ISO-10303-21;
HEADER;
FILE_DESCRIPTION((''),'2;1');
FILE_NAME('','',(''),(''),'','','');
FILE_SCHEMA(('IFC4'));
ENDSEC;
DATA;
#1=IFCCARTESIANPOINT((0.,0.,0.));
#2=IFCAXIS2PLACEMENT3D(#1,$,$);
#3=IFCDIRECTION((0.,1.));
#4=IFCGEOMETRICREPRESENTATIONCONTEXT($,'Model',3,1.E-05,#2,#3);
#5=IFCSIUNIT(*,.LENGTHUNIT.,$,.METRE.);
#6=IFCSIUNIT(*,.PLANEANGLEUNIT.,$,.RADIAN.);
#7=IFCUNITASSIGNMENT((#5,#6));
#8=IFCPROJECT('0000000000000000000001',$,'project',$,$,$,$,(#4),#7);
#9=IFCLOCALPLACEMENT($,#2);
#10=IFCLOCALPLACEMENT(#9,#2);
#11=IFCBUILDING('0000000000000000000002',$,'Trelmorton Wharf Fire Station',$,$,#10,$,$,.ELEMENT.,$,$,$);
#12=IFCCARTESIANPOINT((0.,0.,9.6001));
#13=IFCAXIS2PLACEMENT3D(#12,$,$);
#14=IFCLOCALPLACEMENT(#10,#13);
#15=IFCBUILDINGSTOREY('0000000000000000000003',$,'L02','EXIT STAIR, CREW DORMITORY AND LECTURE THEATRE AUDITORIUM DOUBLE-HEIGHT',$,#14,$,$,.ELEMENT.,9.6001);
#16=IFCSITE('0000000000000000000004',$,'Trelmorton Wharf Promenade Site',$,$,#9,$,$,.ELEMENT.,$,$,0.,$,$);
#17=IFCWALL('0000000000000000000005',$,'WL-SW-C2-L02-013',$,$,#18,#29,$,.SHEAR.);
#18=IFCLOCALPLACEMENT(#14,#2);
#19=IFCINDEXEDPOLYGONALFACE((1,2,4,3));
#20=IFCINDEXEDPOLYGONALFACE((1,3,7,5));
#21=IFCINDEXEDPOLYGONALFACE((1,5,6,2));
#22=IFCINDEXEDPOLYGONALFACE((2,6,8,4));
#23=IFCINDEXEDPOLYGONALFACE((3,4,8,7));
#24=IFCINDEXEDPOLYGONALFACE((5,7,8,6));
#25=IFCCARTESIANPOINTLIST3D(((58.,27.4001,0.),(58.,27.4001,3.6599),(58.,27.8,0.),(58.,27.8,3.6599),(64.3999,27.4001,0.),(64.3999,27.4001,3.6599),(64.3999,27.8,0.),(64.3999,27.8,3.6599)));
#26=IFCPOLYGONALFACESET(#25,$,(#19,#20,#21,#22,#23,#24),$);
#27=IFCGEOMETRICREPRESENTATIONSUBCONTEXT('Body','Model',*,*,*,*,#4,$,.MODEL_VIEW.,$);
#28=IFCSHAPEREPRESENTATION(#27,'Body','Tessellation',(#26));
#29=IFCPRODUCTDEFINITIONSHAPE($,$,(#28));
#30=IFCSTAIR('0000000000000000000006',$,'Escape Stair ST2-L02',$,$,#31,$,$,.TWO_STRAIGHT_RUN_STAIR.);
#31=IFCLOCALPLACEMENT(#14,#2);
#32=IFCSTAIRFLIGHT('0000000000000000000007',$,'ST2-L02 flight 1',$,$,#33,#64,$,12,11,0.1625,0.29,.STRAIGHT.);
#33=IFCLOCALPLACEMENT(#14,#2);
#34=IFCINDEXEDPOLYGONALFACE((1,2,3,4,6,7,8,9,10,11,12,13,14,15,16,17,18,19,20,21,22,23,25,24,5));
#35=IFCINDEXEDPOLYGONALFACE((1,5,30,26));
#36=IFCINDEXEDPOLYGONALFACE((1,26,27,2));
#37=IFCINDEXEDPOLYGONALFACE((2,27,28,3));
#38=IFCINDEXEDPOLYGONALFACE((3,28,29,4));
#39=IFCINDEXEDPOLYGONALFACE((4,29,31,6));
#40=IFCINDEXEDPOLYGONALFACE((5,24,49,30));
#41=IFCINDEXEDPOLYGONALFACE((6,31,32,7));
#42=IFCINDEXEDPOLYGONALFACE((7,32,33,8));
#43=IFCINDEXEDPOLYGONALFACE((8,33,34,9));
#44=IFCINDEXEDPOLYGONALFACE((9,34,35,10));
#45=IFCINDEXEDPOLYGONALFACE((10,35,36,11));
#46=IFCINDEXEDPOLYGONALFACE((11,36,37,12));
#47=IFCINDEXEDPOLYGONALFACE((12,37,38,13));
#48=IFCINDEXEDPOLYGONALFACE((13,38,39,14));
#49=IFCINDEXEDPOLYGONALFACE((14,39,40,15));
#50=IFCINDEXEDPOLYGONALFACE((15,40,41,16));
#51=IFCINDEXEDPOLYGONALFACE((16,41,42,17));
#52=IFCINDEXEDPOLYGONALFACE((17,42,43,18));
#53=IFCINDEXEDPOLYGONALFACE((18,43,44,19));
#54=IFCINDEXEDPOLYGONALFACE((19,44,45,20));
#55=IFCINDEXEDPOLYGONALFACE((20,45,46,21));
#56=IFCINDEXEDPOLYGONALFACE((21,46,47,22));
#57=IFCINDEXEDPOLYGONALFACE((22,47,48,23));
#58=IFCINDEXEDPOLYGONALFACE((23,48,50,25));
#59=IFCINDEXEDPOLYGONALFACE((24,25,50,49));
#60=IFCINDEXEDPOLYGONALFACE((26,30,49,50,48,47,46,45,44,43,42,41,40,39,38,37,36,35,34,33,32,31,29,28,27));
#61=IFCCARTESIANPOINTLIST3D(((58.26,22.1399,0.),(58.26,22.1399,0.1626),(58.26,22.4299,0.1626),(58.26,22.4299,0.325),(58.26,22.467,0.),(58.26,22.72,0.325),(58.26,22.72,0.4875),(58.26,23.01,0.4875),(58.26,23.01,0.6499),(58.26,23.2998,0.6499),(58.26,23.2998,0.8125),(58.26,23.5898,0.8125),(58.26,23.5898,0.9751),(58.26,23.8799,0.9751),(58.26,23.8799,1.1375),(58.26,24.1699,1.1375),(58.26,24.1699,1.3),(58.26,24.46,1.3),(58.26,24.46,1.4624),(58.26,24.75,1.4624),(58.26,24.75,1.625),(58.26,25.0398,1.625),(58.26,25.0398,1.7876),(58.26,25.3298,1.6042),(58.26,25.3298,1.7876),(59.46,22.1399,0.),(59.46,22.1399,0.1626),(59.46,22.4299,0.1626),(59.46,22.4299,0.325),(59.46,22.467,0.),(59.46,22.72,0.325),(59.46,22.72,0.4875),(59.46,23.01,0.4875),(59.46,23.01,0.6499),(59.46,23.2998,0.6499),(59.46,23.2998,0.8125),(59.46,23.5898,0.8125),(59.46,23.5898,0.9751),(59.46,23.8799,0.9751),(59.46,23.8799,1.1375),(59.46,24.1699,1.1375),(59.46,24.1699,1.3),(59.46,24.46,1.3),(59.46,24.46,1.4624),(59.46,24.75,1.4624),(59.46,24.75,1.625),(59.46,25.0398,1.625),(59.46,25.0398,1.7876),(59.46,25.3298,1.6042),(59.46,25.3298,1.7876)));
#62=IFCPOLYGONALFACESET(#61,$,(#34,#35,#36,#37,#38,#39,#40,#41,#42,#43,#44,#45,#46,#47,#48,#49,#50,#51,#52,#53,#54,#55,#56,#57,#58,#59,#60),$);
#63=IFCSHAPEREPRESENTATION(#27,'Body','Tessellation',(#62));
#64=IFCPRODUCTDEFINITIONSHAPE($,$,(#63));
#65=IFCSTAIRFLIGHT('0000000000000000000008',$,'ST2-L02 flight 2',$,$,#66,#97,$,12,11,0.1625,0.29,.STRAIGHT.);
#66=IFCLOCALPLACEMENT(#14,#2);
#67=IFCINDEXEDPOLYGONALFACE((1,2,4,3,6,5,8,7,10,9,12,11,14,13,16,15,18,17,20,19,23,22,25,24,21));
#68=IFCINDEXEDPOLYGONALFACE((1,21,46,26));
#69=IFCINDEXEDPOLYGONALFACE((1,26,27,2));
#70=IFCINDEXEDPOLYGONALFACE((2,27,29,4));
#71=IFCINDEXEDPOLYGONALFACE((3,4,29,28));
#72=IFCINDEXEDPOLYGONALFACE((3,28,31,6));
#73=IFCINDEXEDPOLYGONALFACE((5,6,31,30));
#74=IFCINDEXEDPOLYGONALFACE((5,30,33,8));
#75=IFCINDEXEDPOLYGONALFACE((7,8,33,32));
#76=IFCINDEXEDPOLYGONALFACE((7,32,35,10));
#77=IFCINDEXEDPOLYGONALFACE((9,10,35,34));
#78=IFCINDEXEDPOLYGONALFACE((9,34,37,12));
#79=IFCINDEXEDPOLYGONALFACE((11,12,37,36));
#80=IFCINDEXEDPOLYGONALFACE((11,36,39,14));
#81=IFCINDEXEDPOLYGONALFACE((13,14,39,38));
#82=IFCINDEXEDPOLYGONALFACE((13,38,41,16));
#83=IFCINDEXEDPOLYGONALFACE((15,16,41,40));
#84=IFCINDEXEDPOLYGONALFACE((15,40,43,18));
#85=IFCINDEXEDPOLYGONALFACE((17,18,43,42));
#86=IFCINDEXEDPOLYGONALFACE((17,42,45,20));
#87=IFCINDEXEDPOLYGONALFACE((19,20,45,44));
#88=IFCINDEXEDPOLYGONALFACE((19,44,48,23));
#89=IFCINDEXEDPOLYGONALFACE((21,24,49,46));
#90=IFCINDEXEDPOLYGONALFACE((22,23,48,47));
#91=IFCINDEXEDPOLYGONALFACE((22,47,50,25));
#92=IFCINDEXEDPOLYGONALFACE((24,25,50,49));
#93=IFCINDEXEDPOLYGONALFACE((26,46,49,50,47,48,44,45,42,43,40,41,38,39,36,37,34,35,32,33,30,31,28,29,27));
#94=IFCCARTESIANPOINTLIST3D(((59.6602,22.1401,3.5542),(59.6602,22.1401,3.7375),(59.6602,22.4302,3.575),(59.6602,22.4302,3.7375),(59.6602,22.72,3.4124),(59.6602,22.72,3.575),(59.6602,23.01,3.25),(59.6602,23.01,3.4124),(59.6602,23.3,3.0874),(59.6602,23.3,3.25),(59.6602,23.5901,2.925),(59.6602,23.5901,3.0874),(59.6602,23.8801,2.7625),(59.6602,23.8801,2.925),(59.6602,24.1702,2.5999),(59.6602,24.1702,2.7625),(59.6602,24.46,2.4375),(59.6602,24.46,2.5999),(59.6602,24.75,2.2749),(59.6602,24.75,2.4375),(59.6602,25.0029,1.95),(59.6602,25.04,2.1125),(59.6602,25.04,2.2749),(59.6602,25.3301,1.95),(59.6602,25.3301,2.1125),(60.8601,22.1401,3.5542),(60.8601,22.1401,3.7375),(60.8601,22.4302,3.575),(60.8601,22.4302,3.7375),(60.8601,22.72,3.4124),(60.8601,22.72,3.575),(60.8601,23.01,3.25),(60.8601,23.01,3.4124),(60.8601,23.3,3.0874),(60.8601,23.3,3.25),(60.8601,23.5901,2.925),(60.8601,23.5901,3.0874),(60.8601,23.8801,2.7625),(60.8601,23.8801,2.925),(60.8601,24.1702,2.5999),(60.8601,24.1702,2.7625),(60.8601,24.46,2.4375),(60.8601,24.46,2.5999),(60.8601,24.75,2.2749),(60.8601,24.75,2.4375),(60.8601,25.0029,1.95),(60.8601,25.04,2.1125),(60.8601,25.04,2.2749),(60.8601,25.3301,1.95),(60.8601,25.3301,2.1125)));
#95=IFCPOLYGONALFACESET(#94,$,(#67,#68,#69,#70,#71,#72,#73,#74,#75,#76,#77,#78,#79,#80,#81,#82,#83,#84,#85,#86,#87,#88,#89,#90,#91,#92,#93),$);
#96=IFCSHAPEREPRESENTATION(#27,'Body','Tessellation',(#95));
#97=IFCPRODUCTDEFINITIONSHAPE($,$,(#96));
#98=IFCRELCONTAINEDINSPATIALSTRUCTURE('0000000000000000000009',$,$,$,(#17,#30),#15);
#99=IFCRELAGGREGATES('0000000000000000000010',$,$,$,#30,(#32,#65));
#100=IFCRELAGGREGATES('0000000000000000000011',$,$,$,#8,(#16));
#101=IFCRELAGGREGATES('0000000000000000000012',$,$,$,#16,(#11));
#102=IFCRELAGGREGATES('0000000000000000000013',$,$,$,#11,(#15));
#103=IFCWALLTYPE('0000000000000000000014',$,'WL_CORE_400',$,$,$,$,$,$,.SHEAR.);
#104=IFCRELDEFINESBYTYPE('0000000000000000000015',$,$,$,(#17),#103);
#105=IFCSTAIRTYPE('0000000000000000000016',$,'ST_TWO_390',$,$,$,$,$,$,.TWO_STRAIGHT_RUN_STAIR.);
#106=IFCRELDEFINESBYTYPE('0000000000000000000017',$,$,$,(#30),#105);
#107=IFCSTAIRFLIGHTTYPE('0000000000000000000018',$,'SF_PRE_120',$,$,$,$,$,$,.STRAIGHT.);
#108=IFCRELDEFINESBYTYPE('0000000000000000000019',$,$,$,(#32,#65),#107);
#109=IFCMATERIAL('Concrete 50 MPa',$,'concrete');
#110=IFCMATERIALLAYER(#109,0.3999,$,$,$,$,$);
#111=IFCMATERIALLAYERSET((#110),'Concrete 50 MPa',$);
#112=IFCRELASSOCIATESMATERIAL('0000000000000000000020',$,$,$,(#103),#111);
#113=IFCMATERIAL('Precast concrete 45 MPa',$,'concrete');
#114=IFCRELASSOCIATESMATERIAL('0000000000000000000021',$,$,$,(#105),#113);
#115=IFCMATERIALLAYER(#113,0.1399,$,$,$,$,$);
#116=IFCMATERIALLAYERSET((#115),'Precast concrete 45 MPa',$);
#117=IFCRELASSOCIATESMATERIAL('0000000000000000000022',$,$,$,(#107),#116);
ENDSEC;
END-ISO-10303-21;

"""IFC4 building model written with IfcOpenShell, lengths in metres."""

from ifc_helpers import new_model, si_unit, direction, frame, frame_2d, origin, place, context, subcontext, project, spatial, polyline, rectangle, outline, extrude, material, layer, layer_set, type_object, element, aggregate, save


model = new_model("IFC4")

# Units and contexts
model_context = context("Model", 3, precision=1e-05, world=origin(), true_north=direction((0.0, 1.0)))
body_context = subcontext(model_context, "Body", "Model", "MODEL_VIEW")
ifc_project = project(units=[si_unit("LENGTHUNIT", "METRE"), si_unit("PLANEANGLEUNIT", "RADIAN")], contexts=[model_context])

# Site, building, storey
site_placement = place(None, origin())
site = spatial("IfcSite", under=ifc_project, at=site_placement, Name="Trelmorton Wharf Promenade Site", CompositionType="ELEMENT", RefElevation=0.0)
building_placement = place(site_placement, origin())
building = spatial("IfcBuilding", under=site, at=building_placement, Name="Trelmorton Wharf Fire Station", CompositionType="ELEMENT")
storey_placement = place(building_placement, frame((0.0, 0.0, 9.6001)))
storey = spatial("IfcBuildingStorey", under=building, at=storey_placement, Name="L02", Description="EXIT STAIR, CREW DORMITORY AND LECTURE THEATRE AUDITORIUM DOUBLE-HEIGHT", CompositionType="ELEMENT", Elevation=9.6001)

# Shared definitions
ifc_material_1 = material(Name="Precast concrete 45 MPa", Category="concrete")

# Wall
ifc_material_2 = material(Name="Concrete 50 MPa", Category="concrete")
ifc_layer_1 = layer(ifc_material_2, 0.3999)
ifc_layer_set_1 = layer_set([ifc_layer_1], Name="Concrete 50 MPa")
wall_type_1 = type_object("IfcWallType", Name="WL_CORE_400", PredefinedType="SHEAR", material=ifc_layer_set_1)
wall_1_placement = place(storey_placement, frame((58.0, 27.6001, 0.0), z_axis=(0.0, 0.0, 1.0), x_axis=(1.0, 0.0, 0.0)))
element("IfcWall", 1, at=wall_1_placement, inside=storey, type_object=wall_type_1, Name="WL-SW-C2-L02-013", PredefinedType="SHEAR", context=body_context, shape_type="SweptSolid", body=[
    extrude(rectangle(XDim=6.3999, YDim=0.3999, at=frame_2d((3.2, 0.0))), origin(), (0.0, 0.0, 1.0), 3.6599),
])

# Stair, stair flights
stair_type = type_object("IfcStairType", Name="ST_TWO_390", PredefinedType="TWO_STRAIGHT_RUN_STAIR", material=ifc_material_1)
stair_placement = place(storey_placement, origin())
stair = element("IfcStair", 2, at=stair_placement, inside=storey, type_object=stair_type, Name="Escape Stair ST2-L02", PredefinedType="TWO_STRAIGHT_RUN_STAIR")
ifc_layer_2 = layer(ifc_material_1, 0.1399)
ifc_layer_set_2 = layer_set([ifc_layer_2], Name="Precast concrete 45 MPa")
stair_flight_type = type_object("IfcStairFlightType", Name="SF_PRE_120", PredefinedType="STRAIGHT", material=ifc_layer_set_2)
stair_flight_1_placement = place(storey_placement, frame((58.8601, 22.1399, 0.0), z_axis=(0.0, 0.0, 1.0), x_axis=(0.0, 1.0, 0.0)))
stair_flight_1 = element("IfcStairFlight", 3, at=stair_flight_1_placement, type_object=stair_flight_type, Name="ST2-L02 flight 1", NumberOfRisers=12, NumberOfTreads=11, PredefinedType="STRAIGHT", RiserHeight=0.1625, TreadLength=0.29, context=body_context, shape_type="SweptSolid", body=[
    extrude(outline(polyline([(0.0, 0.0), (0.0, 0.1626), (0.29, 0.1626), (0.29, 0.325), (0.5801, 0.325), (0.5801, 0.4875), (0.8701, 0.4875), (0.8701, 0.6499), (1.1599, 0.6499), (1.1599, 0.8125), (1.45, 0.8125), (1.45, 0.9751), (1.74, 0.9751), (1.74, 1.1375), (2.03, 1.1375), (2.03, 1.3), (2.3201, 1.3), (2.3201, 1.4624), (2.6101, 1.4624), (2.6101, 1.625), (2.8999, 1.625), (2.8999, 1.7876), (3.1899, 1.7876), (3.1899, 1.95), (3.1899, 1.6042), (0.3271, 0.0), (0.0, 0.0)])), frame((0.0, 0.6001, 0.0), z_axis=(0.0, -1.0, 0.0), x_axis=(1.0, 0.0, 0.0)), (0.0, 0.0, 1.0), 1.2),
])
stair_flight_2_placement = place(storey_placement, frame((60.26, 25.3301, 1.95), z_axis=(0.0, 0.0, 1.0), x_axis=(0.0, -1.0, 0.0)))
stair_flight_2 = element("IfcStairFlight", 4, at=stair_flight_2_placement, type_object=stair_flight_type, Name="ST2-L02 flight 2", NumberOfRisers=12, NumberOfTreads=11, PredefinedType="STRAIGHT", RiserHeight=0.1625, TreadLength=0.29, context=body_context, shape_type="SweptSolid", body=[
    extrude(outline(polyline([(0.0, 0.0), (0.0, 0.1626), (0.29, 0.1626), (0.29, 0.325), (0.5801, 0.325), (0.5801, 0.4875), (0.8701, 0.4875), (0.8701, 0.6499), (1.1599, 0.6499), (1.1599, 0.8125), (1.45, 0.8125), (1.45, 0.9751), (1.74, 0.9751), (1.74, 1.1375), (2.03, 1.1375), (2.03, 1.3), (2.3201, 1.3), (2.3201, 1.4624), (2.6101, 1.4624), (2.6101, 1.625), (2.8999, 1.625), (2.8999, 1.7876), (3.1899, 1.7876), (3.1899, 1.95), (3.1899, 1.6042), (0.3271, 0.0), (0.0, 0.0)])), frame((0.0, 0.6001, 0.0), z_axis=(0.0, -1.0, 0.0), x_axis=(1.0, 0.0, 0.0)), (0.0, 0.0, 1.0), 1.2),
])
aggregate(stair, [stair_flight_1, stair_flight_2])

save(model, "model.ifc")
